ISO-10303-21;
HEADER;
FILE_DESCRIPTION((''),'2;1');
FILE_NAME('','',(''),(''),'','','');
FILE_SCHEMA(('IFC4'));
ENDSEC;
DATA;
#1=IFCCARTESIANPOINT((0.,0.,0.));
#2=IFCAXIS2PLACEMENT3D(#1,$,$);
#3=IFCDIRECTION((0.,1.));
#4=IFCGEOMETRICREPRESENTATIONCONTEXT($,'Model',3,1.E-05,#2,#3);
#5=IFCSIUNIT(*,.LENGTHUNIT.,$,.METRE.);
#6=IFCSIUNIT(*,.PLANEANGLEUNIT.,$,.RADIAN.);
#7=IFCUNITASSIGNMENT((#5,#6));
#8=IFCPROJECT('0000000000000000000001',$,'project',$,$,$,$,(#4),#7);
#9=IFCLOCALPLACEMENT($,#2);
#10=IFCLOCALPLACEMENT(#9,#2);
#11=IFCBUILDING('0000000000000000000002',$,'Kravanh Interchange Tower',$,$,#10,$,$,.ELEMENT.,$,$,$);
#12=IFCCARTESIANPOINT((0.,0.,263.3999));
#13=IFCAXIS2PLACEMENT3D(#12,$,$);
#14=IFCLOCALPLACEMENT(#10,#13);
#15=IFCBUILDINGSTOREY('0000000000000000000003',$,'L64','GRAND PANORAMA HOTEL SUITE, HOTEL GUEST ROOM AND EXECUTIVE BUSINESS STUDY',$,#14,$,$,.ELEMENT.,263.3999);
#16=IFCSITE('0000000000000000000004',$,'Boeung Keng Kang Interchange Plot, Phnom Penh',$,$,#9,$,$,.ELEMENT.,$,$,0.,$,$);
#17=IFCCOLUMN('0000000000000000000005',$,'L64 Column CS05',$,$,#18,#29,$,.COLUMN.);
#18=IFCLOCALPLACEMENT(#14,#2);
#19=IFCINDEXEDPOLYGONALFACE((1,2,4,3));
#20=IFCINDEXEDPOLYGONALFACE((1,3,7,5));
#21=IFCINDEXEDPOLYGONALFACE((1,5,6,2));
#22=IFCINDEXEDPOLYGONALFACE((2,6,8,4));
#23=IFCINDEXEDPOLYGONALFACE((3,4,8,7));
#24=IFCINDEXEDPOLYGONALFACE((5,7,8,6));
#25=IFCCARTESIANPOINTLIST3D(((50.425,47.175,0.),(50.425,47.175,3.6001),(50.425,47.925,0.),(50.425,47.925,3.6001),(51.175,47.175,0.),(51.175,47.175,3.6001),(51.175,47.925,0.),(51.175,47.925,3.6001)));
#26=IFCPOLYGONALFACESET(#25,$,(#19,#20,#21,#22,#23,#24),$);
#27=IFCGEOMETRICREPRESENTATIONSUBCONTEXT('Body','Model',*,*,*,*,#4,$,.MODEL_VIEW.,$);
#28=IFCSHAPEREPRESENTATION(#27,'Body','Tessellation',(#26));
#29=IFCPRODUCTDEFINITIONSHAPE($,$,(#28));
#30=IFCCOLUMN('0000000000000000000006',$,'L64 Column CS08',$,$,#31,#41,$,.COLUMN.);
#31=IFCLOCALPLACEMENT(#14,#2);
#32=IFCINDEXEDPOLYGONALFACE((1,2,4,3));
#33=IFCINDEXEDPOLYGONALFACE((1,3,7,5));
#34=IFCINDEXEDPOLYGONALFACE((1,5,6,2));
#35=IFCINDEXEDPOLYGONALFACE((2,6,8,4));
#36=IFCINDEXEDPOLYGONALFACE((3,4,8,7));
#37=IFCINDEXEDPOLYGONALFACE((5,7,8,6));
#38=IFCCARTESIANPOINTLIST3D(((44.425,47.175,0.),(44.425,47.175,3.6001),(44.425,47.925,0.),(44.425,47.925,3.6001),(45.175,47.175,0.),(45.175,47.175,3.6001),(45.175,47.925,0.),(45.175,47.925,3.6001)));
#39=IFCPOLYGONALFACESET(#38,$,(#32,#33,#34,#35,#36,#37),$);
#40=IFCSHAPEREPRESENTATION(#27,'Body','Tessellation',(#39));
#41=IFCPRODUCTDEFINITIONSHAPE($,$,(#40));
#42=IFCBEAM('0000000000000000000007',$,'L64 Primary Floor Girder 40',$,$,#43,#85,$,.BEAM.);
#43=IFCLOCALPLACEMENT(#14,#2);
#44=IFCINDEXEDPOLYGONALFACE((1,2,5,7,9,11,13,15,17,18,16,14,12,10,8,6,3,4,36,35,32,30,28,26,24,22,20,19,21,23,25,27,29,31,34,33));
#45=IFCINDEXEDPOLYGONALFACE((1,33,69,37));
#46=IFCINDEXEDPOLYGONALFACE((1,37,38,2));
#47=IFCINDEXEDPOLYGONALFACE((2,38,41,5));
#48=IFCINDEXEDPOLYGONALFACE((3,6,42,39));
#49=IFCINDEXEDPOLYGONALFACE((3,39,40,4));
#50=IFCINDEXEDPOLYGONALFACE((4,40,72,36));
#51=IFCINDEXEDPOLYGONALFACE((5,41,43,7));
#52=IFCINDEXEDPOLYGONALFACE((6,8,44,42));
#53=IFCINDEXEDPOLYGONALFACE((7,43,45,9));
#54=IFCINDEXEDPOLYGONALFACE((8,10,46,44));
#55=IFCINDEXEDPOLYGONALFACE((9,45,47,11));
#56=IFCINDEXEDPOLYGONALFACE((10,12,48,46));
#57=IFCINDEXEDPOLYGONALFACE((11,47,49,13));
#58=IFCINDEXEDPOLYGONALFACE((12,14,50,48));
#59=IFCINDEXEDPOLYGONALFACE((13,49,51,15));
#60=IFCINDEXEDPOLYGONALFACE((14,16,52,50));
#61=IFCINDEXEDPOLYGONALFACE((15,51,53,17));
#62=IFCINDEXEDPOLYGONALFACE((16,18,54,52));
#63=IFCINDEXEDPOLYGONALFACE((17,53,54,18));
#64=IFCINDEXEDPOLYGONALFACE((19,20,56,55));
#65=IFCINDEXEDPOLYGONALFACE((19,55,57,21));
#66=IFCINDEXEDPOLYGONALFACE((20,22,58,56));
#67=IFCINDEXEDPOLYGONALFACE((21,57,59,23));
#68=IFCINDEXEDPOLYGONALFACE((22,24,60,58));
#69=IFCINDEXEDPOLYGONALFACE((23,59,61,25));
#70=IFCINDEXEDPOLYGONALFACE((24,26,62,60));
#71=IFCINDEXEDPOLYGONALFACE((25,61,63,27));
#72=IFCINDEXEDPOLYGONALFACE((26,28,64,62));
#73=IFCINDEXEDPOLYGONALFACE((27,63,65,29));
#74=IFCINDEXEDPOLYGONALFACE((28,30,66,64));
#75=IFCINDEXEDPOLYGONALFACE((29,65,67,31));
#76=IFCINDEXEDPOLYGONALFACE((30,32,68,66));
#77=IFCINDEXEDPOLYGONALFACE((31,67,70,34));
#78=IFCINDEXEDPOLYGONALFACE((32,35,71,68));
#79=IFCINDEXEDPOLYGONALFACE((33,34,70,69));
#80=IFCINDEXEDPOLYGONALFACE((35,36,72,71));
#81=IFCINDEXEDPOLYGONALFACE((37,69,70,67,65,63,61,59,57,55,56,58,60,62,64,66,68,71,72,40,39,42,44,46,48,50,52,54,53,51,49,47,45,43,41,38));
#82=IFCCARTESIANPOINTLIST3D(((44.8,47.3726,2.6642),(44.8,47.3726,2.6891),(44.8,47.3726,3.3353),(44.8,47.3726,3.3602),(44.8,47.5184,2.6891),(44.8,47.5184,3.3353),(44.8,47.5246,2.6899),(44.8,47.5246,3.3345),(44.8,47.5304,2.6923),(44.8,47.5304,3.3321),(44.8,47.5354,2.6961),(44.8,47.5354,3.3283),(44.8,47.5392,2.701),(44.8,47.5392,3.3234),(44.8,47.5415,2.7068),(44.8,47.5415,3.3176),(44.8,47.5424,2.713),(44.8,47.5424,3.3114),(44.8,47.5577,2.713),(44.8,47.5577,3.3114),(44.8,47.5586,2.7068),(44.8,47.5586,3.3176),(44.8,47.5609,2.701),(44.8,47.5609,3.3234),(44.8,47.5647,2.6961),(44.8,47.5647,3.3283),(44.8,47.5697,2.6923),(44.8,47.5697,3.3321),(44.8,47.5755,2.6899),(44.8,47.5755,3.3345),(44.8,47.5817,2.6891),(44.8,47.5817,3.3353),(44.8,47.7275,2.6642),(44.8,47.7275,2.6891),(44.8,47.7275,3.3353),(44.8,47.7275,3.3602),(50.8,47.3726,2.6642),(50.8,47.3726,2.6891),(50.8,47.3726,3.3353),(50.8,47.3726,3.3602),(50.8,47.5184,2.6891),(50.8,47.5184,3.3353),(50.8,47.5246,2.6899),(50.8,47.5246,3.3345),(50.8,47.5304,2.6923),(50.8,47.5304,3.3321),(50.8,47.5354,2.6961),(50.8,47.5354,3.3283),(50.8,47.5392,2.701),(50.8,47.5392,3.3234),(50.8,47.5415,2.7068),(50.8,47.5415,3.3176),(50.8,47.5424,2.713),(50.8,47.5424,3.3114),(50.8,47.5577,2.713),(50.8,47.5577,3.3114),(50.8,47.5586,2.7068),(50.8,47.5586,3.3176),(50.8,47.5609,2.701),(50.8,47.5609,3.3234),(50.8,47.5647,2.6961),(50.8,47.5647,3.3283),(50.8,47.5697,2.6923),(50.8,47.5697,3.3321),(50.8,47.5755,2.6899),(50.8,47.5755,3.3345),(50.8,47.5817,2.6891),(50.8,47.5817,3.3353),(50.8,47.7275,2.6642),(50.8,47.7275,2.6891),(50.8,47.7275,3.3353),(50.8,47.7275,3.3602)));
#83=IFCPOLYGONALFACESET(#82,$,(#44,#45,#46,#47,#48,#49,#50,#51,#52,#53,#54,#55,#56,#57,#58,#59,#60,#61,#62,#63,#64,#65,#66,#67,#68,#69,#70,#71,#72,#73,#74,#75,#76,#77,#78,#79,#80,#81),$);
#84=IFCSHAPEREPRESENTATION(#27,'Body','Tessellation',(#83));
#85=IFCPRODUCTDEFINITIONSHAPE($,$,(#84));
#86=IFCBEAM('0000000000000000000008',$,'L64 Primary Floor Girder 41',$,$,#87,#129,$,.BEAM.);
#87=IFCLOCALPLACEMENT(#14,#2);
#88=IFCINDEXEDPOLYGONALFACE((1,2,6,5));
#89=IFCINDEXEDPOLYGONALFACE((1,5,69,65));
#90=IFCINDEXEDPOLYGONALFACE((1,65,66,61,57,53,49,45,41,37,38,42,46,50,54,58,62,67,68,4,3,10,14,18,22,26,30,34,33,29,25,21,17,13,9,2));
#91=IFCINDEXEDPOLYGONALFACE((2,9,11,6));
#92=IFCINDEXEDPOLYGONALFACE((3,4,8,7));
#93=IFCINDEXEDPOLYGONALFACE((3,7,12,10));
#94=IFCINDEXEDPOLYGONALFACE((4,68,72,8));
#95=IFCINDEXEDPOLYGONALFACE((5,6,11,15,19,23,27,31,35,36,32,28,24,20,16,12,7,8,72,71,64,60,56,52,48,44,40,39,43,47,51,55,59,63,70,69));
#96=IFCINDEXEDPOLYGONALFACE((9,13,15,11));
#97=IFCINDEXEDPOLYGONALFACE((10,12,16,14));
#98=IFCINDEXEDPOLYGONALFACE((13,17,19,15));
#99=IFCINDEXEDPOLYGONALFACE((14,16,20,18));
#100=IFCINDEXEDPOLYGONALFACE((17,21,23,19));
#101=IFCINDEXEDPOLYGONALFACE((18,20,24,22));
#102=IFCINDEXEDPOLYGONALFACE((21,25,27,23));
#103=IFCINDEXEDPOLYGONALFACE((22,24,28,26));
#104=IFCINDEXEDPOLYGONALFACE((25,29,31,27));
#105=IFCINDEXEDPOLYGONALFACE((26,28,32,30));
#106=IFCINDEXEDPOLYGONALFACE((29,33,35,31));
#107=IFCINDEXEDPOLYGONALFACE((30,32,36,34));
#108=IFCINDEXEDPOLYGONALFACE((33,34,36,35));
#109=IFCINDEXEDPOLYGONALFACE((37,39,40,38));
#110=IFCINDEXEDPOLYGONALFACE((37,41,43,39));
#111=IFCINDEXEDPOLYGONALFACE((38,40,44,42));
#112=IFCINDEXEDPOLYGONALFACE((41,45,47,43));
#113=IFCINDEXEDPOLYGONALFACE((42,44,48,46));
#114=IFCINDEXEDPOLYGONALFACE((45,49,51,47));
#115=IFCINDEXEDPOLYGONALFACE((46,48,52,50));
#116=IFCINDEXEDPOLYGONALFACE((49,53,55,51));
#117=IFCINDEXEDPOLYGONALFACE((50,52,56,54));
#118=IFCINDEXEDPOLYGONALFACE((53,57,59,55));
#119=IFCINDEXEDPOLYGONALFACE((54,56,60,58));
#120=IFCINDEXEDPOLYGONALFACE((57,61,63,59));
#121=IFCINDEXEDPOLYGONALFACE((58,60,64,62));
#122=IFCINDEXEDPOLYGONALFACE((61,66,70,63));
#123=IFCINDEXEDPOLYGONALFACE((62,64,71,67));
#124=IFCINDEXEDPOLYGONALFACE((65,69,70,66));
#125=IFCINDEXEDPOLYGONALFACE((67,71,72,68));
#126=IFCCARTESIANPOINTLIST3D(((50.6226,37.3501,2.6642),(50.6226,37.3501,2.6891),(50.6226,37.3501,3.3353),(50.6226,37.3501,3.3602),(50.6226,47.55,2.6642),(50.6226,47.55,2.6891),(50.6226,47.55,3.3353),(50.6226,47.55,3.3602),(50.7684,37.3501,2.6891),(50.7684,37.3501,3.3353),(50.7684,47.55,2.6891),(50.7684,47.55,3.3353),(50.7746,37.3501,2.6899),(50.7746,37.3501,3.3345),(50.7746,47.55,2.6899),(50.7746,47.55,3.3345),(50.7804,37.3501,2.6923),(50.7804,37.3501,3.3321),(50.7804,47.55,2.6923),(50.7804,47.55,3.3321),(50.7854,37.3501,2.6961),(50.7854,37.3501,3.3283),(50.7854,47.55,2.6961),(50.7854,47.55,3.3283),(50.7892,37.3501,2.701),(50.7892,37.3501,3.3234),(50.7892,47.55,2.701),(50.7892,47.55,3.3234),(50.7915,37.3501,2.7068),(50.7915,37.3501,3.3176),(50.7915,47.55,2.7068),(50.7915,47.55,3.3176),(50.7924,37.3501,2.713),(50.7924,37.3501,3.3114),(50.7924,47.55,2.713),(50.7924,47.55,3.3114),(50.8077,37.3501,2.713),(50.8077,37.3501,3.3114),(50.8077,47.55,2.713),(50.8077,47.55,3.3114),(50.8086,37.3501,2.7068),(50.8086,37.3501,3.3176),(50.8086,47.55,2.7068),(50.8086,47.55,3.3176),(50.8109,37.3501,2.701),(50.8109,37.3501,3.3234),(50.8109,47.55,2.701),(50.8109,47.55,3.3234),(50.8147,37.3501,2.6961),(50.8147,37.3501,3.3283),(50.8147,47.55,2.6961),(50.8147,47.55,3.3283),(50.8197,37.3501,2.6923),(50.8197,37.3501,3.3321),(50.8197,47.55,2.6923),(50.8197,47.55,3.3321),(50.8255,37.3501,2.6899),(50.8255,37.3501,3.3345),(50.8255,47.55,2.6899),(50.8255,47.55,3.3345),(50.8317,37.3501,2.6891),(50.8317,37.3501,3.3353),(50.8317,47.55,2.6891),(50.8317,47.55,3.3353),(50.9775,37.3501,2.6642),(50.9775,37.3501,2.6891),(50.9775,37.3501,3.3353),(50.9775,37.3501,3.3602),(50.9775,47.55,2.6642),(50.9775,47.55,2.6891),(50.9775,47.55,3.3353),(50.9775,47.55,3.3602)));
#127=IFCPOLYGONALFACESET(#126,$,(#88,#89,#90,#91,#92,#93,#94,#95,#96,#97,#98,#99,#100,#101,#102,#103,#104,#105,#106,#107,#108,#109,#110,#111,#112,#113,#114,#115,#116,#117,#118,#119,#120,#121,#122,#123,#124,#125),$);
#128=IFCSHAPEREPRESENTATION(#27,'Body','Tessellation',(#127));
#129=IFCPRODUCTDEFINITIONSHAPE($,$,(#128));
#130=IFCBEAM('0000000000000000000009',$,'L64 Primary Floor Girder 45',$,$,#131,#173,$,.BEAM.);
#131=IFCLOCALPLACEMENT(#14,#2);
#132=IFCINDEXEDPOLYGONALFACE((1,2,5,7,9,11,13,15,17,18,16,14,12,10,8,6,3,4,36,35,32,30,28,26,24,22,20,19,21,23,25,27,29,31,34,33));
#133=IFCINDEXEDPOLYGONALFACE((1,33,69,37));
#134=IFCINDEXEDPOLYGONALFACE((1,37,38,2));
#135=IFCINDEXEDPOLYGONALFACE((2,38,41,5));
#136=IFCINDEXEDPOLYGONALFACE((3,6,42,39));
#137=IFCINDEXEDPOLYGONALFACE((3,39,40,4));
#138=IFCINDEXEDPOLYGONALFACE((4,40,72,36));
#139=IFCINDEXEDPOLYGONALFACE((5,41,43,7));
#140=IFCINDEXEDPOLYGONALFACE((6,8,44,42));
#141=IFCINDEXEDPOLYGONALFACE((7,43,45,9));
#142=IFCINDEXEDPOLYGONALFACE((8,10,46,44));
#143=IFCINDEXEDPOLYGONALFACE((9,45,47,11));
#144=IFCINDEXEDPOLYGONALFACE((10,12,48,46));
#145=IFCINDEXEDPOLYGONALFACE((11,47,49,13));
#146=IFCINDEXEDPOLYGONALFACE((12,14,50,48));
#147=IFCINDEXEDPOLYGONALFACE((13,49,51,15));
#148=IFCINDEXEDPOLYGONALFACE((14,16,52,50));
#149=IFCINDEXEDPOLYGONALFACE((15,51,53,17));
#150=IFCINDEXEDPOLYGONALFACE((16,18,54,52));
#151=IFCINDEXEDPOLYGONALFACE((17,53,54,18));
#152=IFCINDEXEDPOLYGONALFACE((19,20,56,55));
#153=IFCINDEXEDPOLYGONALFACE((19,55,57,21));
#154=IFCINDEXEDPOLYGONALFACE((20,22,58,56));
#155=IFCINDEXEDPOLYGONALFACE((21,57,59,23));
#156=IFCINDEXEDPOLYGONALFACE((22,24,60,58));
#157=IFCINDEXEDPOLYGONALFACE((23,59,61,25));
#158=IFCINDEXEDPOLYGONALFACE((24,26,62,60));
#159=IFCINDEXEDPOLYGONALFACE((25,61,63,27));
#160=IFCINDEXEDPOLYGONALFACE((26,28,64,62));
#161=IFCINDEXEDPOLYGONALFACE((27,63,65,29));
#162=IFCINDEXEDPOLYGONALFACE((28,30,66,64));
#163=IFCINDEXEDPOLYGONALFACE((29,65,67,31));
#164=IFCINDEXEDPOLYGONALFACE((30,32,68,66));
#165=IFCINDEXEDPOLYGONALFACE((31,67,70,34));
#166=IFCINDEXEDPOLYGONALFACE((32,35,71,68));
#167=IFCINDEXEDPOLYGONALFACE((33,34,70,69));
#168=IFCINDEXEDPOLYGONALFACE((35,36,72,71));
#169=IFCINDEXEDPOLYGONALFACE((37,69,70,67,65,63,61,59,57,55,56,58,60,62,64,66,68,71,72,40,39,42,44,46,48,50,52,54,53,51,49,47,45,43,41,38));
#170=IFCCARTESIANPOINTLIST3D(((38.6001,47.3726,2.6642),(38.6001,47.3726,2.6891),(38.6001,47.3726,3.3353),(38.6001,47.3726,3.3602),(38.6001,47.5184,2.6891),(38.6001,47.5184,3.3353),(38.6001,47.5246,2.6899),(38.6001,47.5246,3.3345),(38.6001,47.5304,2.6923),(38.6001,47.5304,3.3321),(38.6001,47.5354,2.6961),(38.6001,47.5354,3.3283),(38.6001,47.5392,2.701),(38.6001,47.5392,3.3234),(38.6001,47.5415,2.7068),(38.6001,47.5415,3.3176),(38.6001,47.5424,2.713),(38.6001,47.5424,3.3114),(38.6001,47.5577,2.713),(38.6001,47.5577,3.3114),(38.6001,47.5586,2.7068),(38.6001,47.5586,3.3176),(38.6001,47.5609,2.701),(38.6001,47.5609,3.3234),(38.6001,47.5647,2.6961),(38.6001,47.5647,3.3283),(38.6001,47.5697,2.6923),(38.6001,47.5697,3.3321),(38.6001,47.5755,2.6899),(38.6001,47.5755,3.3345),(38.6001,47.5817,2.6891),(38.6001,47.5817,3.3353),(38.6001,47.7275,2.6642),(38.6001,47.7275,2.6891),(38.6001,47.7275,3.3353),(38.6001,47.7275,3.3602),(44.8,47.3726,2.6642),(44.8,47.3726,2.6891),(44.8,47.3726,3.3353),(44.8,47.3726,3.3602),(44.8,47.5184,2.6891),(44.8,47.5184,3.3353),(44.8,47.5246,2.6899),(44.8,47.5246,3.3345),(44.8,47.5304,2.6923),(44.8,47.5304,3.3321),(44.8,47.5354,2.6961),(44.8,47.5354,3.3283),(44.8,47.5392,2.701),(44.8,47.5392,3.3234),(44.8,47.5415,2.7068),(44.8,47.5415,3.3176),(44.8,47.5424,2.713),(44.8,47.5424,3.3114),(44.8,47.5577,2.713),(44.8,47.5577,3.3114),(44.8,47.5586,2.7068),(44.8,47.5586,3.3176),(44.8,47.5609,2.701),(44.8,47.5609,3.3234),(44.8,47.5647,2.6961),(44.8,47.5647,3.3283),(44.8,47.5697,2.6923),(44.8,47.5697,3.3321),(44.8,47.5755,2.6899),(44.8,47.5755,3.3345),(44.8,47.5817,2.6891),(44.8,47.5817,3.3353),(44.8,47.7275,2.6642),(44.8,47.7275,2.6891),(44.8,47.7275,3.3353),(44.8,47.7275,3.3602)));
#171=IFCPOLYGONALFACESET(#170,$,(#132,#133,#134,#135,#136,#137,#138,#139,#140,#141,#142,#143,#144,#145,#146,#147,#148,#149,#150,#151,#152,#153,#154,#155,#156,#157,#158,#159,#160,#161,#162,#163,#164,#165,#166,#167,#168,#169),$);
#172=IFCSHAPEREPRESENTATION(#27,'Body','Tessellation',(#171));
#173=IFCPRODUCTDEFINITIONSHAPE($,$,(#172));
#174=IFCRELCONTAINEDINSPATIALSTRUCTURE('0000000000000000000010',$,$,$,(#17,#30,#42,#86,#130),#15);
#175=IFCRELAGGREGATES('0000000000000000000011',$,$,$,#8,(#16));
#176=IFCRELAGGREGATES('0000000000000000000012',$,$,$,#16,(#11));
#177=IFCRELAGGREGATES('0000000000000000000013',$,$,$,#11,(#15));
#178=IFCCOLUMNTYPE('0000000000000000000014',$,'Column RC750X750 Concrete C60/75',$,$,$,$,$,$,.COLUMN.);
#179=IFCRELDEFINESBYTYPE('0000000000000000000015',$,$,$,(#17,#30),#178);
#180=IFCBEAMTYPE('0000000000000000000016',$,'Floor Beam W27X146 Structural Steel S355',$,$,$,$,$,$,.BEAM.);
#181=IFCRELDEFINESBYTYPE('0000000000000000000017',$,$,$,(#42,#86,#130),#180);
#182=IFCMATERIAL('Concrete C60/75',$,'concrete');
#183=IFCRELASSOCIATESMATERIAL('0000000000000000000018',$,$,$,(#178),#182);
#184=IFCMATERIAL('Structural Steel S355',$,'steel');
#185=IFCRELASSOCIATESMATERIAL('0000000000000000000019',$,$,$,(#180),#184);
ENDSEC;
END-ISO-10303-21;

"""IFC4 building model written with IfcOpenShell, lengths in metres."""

from ifc_helpers import new_model, si_unit, direction, frame, origin, origin_2d, place, context, subcontext, project, spatial, rectangle, i_section, extrude, material, material_profile, profile_set, type_object, element, save


model = new_model("IFC4")

# Units and contexts
model_context = context("Model", 3, precision=1e-05, world=origin(), true_north=direction((0.0, 1.0)))
body_context = subcontext(model_context, "Body", "Model", "MODEL_VIEW")
ifc_project = project(units=[si_unit("LENGTHUNIT", "METRE"), si_unit("PLANEANGLEUNIT", "RADIAN")], contexts=[model_context])

# Site, building, storey
site_placement = place(None, origin())
site = spatial("IfcSite", under=ifc_project, at=site_placement, Name="Boeung Keng Kang Interchange Plot, Phnom Penh", CompositionType="ELEMENT", RefElevation=0.0)
building_placement = place(site_placement, origin())
building = spatial("IfcBuilding", under=site, at=building_placement, Name="Kravanh Interchange Tower", CompositionType="ELEMENT")
storey_placement = place(building_placement, frame((0.0, 0.0, 263.3999)))
storey = spatial("IfcBuildingStorey", under=building, at=storey_placement, Name="L64", Description="GRAND PANORAMA HOTEL SUITE, HOTEL GUEST ROOM AND EXECUTIVE BUSINESS STUDY", CompositionType="ELEMENT", Elevation=263.3999)

# Columns
ifc_material_1 = material(Name="Concrete C60/75", Category="concrete")
ifc_material_profile_1 = material_profile(ifc_material_1, rectangle(XDim=0.75, YDim=0.75, at=origin_2d()), Name="RC750X750")
ifc_profile_set_1 = profile_set([ifc_material_profile_1], Name="Concrete C60/75")
column_type = type_object("IfcColumnType", Name="Column RC750X750 Concrete C60/75", PredefinedType="COLUMN", material=ifc_profile_set_1)
for number, where, z_axis, x_axis, name in (
    (1, (50.8, 47.55, 0.0), (0.0, 0.0, 1.0), (1.0, 0.0, 0.0), "L64 Column CS05"),
    (2, (44.8, 47.55, 0.0), (0.0, 0.0, 1.0), (1.0, 0.0, 0.0), "L64 Column CS08"),
):
    element("IfcColumn", number, at=place(storey_placement, frame(where, z_axis=z_axis, x_axis=x_axis)), inside=storey, type_object=column_type, Name=name, PredefinedType="COLUMN", context=body_context, shape_type="SweptSolid", body=[
        extrude(rectangle(XDim=0.75, YDim=0.75, at=origin_2d()), origin(), (0.0, 0.0, 1.0), 3.6001),
    ])

# Beams
ifc_material_2 = material(Name="Structural Steel S355", Category="steel")
ifc_material_profile_2 = material_profile(ifc_material_2, i_section(OverallWidth=0.355, OverallDepth=0.696, WebThickness=0.0154, FlangeThickness=0.0249, FilletRadius=0.0239, at=origin_2d()), Name="W27X146")
ifc_profile_set_2 = profile_set([ifc_material_profile_2], Name="Structural Steel S355")
beam_type = type_object("IfcBeamType", Name="Floor Beam W27X146 Structural Steel S355", PredefinedType="BEAM", material=ifc_profile_set_2)
beam_1_placement = place(storey_placement, frame((50.8, 47.55, 3.0122), z_axis=(-1.0, 0.0, 0.0), x_axis=(0.0, -1.0, 0.0)))
element("IfcBeam", 3, at=beam_1_placement, inside=storey, type_object=beam_type, Name="L64 Primary Floor Girder 40", PredefinedType="BEAM", context=body_context, shape_type="SweptSolid", body=[
    extrude(i_section(OverallWidth=0.355, OverallDepth=0.696, WebThickness=0.0154, FlangeThickness=0.0249, FilletRadius=0.0239, at=origin_2d()), origin(), (0.0, 0.0, 1.0), 6.0),
])
beam_2_placement = place(storey_placement, frame((50.8, 47.55, 3.0122), z_axis=(0.0, -1.0, 0.0), x_axis=(1.0, 0.0, 0.0)))
element("IfcBeam", 4, at=beam_2_placement, inside=storey, type_object=beam_type, Name="L64 Primary Floor Girder 41", PredefinedType="BEAM", context=body_context, shape_type="SweptSolid", body=[
    extrude(i_section(OverallWidth=0.355, OverallDepth=0.696, WebThickness=0.0154, FlangeThickness=0.0249, FilletRadius=0.0239, at=origin_2d()), origin(), (0.0, 0.0, 1.0), 10.2),
])
beam_3_placement = place(storey_placement, frame((44.8, 47.55, 3.0122), z_axis=(-1.0, 0.0, 0.0), x_axis=(0.0, -1.0, 0.0)))
element("IfcBeam", 5, at=beam_3_placement, inside=storey, type_object=beam_type, Name="L64 Primary Floor Girder 45", PredefinedType="BEAM", context=body_context, shape_type="SweptSolid", body=[
    extrude(i_section(OverallWidth=0.355, OverallDepth=0.696, WebThickness=0.0154, FlangeThickness=0.0249, FilletRadius=0.0239, at=origin_2d()), origin(), (0.0, 0.0, 1.0), 6.2),
])

save(model, "model.ifc")
